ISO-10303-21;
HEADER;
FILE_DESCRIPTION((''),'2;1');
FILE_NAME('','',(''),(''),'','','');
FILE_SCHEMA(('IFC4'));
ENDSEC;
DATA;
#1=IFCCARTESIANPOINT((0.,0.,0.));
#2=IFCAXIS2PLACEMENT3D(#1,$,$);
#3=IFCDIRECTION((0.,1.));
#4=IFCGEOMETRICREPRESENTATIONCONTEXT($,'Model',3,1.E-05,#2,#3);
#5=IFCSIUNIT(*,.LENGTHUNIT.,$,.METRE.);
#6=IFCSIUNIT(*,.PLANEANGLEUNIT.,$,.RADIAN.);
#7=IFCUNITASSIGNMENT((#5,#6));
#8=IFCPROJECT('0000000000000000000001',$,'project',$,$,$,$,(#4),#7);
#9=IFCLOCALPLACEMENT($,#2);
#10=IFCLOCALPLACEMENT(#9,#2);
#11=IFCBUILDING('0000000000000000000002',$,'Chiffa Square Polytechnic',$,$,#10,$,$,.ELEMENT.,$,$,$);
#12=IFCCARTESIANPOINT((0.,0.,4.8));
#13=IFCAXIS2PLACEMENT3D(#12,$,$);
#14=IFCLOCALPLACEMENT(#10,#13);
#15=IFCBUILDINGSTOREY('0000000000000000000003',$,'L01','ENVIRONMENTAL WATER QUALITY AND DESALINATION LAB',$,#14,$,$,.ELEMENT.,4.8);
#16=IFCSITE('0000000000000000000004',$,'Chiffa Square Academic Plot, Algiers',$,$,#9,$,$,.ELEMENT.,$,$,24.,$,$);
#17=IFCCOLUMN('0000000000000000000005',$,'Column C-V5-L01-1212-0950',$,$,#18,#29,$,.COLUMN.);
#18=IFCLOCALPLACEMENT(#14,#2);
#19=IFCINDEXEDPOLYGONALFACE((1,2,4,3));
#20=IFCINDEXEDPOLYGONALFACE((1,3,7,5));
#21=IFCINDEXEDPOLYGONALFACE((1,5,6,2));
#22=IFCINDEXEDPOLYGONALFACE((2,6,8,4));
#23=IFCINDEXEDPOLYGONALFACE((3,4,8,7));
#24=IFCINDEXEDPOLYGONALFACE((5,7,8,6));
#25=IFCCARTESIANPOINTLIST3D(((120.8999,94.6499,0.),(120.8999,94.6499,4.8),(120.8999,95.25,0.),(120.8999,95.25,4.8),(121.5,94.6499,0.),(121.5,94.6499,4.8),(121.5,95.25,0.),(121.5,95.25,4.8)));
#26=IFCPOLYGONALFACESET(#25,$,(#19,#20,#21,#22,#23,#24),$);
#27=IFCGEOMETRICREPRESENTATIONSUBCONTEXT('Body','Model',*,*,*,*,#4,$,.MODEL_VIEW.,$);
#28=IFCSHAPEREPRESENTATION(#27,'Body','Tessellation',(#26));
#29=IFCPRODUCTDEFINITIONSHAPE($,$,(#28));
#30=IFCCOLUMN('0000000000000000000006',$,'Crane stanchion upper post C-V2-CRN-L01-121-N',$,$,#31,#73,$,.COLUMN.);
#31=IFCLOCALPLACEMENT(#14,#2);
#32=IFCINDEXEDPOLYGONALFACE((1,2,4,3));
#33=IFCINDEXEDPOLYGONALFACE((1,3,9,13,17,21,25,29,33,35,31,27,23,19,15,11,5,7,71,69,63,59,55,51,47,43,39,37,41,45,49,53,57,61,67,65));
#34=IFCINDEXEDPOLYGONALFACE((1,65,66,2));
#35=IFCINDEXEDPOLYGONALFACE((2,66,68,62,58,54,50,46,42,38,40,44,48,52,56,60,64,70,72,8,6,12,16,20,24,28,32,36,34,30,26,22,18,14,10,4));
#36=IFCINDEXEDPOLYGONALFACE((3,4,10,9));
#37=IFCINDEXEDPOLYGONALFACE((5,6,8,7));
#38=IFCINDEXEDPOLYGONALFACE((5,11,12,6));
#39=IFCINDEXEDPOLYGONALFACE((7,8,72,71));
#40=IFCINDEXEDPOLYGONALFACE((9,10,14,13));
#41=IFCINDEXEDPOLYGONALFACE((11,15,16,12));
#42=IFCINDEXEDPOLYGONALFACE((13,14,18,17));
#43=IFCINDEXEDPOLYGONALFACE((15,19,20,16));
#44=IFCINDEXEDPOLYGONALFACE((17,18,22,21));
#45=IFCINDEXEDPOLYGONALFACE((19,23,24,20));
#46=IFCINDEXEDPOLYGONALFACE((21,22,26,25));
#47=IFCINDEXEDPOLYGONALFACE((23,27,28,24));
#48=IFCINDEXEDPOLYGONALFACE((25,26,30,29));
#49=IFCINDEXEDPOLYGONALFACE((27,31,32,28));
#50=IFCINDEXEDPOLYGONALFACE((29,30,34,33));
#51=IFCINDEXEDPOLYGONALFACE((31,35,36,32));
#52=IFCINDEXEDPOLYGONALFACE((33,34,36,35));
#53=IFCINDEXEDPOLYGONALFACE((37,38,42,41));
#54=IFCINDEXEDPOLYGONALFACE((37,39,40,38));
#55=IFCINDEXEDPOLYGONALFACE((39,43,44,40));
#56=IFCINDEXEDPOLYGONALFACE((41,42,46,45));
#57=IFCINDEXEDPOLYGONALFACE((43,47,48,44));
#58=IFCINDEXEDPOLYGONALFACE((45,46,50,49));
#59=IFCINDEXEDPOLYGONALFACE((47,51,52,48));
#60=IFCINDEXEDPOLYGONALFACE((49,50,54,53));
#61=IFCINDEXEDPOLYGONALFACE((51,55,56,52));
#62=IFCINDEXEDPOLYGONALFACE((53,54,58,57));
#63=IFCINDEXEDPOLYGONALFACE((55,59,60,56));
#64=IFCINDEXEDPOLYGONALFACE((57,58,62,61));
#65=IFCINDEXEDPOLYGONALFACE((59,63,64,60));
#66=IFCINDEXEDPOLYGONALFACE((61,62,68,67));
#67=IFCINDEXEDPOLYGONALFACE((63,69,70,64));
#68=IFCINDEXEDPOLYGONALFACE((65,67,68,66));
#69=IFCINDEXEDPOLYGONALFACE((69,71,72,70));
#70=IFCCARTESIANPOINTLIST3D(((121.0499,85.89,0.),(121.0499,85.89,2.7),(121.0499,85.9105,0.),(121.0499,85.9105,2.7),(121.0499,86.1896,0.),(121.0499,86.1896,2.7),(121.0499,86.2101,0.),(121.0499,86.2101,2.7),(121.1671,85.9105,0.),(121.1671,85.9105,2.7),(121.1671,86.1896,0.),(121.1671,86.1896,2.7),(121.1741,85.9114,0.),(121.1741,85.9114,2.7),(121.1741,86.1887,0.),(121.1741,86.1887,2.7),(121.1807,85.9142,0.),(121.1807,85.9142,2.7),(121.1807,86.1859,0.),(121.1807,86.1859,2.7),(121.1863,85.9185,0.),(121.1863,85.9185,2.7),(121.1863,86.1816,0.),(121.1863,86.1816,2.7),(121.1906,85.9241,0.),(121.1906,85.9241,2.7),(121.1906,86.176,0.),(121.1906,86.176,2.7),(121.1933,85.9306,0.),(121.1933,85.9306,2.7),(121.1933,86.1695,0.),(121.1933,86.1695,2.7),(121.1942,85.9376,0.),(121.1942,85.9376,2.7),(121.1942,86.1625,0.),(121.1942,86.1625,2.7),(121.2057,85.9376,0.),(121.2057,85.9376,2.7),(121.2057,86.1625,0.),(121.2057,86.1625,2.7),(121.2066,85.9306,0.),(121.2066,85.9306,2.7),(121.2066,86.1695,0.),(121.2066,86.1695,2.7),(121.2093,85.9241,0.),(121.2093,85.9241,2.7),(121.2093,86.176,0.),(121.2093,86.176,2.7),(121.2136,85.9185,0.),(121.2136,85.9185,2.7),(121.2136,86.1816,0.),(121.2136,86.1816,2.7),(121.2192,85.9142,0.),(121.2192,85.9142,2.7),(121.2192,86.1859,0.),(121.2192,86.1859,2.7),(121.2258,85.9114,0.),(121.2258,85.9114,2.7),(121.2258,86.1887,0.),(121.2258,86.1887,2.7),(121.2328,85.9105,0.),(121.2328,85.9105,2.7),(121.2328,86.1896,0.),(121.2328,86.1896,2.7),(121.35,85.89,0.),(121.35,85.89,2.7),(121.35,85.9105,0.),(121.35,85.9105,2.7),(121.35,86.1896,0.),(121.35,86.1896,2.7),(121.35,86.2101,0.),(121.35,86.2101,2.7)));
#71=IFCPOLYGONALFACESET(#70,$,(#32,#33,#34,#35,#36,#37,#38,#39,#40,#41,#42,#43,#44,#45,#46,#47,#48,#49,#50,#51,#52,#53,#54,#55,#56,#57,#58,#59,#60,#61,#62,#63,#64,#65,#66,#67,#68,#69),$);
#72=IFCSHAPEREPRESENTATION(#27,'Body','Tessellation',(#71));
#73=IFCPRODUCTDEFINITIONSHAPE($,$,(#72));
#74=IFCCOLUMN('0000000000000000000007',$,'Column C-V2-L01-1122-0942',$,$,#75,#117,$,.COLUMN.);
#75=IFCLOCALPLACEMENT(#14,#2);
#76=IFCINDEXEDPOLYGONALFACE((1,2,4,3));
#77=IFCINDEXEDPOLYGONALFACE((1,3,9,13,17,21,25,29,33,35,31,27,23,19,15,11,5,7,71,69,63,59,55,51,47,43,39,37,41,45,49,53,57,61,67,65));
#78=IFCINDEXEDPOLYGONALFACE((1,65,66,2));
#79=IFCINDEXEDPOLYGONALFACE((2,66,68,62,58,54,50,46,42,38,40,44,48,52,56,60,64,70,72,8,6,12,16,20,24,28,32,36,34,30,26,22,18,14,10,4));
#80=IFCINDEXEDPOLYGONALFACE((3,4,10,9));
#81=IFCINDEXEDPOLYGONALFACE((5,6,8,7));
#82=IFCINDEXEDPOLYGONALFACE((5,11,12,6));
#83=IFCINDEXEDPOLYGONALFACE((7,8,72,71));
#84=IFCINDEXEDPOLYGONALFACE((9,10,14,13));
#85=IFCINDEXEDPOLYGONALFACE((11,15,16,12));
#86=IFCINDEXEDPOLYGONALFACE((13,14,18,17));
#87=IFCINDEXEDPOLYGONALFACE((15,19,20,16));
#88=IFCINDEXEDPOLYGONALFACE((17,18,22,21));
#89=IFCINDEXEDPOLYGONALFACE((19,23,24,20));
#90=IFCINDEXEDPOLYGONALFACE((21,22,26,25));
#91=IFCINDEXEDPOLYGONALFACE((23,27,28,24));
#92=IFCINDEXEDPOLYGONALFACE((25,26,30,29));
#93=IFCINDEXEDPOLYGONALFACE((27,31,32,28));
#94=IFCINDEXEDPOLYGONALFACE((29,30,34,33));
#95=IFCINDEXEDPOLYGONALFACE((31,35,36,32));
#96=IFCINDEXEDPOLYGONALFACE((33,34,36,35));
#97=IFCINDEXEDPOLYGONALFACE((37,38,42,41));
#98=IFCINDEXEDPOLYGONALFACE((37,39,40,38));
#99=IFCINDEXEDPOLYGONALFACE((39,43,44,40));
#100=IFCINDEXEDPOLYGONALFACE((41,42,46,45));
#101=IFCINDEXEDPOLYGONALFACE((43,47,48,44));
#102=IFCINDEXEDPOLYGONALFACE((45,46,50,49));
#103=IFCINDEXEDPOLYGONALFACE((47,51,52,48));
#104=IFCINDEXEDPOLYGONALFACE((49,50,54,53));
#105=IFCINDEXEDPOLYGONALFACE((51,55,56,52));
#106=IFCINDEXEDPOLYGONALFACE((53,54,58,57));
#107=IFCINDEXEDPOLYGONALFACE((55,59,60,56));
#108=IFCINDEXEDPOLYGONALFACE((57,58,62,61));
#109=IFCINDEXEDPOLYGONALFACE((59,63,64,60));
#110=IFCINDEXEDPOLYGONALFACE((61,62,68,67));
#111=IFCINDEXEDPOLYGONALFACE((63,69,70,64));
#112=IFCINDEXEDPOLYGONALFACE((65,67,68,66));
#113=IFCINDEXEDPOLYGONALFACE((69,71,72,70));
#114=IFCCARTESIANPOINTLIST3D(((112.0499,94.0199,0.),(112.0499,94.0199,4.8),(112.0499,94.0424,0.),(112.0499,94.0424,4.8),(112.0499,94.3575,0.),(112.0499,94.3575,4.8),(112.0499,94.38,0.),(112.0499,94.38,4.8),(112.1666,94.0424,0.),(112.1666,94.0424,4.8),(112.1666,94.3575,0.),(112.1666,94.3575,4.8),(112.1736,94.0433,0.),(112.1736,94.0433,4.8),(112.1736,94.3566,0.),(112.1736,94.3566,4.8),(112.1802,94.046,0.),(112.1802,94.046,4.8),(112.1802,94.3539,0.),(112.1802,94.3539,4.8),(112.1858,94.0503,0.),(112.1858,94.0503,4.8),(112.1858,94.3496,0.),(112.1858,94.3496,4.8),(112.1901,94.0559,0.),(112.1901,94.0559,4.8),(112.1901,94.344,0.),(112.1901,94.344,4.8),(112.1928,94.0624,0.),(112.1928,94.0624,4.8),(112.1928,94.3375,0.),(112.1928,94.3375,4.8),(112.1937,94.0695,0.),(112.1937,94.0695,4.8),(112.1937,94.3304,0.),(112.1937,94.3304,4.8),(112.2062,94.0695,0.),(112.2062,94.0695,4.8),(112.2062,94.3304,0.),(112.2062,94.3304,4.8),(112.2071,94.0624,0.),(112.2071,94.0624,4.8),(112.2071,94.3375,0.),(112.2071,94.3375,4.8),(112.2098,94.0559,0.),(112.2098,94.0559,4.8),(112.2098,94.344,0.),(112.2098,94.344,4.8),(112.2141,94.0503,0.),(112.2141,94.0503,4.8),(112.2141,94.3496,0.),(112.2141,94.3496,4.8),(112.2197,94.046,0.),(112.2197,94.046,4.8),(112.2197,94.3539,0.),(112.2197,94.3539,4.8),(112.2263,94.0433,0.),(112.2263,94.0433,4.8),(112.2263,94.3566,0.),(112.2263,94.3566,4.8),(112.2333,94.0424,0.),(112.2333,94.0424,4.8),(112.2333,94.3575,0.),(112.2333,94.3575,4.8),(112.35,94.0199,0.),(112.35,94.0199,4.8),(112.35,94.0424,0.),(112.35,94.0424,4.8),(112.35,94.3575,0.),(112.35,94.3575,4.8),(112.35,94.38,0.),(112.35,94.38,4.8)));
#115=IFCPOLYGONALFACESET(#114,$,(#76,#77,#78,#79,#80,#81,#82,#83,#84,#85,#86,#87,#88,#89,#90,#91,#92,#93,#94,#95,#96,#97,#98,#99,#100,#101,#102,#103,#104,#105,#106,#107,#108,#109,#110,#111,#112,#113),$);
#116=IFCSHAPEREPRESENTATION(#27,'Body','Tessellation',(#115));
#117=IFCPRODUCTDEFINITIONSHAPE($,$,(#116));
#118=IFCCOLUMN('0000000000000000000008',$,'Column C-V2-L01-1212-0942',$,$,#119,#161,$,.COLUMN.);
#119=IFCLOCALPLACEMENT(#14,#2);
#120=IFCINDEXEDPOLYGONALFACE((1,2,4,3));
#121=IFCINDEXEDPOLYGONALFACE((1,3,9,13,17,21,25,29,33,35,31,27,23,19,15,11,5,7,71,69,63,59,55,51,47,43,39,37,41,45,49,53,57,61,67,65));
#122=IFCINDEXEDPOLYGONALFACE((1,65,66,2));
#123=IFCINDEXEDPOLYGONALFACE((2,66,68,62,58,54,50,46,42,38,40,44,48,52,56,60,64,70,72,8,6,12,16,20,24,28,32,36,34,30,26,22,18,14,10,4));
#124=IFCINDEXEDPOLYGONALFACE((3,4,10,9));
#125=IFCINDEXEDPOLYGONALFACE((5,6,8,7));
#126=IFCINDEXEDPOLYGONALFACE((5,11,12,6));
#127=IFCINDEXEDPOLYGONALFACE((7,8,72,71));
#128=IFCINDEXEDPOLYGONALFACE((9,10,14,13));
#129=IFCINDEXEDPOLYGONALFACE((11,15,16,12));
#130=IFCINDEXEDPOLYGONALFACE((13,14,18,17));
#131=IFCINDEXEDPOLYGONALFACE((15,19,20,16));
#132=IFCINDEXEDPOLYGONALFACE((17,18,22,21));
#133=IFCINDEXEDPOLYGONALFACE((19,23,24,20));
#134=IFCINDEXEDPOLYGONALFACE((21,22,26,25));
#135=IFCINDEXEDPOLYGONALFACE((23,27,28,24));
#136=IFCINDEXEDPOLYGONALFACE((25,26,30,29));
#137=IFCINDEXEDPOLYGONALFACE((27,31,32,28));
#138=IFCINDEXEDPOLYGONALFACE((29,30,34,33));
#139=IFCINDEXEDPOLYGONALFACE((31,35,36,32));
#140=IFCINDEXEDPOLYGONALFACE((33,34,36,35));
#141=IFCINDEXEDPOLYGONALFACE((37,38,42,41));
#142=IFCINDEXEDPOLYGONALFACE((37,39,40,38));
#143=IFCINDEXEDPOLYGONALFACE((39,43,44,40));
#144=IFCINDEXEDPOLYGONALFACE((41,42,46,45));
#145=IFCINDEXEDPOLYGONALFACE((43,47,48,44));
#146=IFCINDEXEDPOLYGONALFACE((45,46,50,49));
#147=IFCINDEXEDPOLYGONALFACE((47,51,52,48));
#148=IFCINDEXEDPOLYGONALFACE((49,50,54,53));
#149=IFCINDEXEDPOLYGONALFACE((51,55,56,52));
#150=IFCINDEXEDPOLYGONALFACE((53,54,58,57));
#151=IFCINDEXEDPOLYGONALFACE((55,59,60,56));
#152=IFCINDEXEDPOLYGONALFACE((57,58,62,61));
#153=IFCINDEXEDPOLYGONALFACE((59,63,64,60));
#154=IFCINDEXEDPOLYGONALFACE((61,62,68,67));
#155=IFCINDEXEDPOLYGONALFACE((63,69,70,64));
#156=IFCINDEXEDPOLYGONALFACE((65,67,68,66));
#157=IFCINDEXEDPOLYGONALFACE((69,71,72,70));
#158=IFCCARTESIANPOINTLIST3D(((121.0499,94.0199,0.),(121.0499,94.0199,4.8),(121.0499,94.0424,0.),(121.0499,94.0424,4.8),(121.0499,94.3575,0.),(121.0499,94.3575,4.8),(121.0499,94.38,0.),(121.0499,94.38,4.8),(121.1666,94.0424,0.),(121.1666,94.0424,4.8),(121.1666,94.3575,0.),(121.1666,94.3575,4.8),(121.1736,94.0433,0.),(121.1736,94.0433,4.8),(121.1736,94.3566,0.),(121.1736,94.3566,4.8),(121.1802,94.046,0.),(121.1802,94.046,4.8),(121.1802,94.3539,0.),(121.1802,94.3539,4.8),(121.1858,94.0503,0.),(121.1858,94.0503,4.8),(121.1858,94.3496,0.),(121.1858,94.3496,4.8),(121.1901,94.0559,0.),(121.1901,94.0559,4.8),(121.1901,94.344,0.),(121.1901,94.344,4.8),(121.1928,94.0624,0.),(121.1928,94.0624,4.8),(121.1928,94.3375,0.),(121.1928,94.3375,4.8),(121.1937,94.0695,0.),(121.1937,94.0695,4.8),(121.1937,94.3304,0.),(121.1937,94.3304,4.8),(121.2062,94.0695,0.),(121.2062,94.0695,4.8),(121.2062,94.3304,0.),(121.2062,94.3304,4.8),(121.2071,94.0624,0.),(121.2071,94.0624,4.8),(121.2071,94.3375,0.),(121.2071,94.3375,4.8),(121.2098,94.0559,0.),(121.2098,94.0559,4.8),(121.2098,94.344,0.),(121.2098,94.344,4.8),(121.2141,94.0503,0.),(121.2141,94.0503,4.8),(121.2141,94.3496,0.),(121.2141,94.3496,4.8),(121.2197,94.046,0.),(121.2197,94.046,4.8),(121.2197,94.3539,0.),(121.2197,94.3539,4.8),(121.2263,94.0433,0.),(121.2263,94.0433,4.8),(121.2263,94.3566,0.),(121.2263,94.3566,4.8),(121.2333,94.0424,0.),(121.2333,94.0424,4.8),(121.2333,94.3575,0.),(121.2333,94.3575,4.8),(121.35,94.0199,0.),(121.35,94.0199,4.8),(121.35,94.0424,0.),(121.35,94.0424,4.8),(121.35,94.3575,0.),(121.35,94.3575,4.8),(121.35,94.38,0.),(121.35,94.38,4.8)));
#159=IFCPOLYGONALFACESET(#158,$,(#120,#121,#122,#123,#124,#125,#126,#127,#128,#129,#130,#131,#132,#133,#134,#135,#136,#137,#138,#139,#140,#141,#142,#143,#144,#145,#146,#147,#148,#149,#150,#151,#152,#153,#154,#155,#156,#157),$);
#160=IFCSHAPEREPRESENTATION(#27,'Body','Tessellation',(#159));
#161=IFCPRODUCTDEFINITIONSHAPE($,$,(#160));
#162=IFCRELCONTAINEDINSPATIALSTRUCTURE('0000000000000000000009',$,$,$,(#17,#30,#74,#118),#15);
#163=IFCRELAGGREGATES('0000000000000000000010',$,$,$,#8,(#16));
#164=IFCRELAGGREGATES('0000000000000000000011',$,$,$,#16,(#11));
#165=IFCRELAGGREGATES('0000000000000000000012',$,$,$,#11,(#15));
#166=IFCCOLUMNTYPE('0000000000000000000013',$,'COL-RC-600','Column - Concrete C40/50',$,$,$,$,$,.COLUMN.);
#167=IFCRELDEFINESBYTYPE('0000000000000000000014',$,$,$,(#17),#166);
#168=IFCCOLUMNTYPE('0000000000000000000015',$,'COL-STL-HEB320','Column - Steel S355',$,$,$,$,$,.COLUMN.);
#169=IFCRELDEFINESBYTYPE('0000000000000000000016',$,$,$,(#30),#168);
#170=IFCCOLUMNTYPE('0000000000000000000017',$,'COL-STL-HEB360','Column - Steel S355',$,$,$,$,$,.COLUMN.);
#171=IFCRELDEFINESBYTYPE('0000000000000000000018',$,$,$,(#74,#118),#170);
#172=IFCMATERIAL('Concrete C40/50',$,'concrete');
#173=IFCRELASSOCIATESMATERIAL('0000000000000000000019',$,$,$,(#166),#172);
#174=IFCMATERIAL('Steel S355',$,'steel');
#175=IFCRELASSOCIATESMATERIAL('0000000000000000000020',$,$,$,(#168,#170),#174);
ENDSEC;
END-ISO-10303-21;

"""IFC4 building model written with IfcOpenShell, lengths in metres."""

from ifc_helpers import new_model, si_unit, direction, frame, origin, origin_2d, place, context, subcontext, project, spatial, rectangle, i_section, extrude, material, material_profile, profile_set, type_object, element, save


model = new_model("IFC4")

# Units and contexts
model_context = context("Model", 3, precision=1e-05, world=origin(), true_north=direction((0.0, 1.0)))
body_context = subcontext(model_context, "Body", "Model", "MODEL_VIEW")
ifc_project = project(units=[si_unit("LENGTHUNIT", "METRE"), si_unit("PLANEANGLEUNIT", "RADIAN")], contexts=[model_context])

# Site, building, storey
site_placement = place(None, origin())
site = spatial("IfcSite", under=ifc_project, at=site_placement, Name="Chiffa Square Academic Plot, Algiers", CompositionType="ELEMENT", RefElevation=24.0)
building_placement = place(site_placement, origin())
building = spatial("IfcBuilding", under=site, at=building_placement, Name="Chiffa Square Polytechnic", CompositionType="ELEMENT")
storey_placement = place(building_placement, frame((0.0, 0.0, 4.8)))
storey = spatial("IfcBuildingStorey", under=building, at=storey_placement, Name="L01", Description="ENVIRONMENTAL WATER QUALITY AND DESALINATION LAB", CompositionType="ELEMENT", Elevation=4.8)

# Columns
ifc_material_1 = material(Name="Concrete C40/50", Category="concrete")
ifc_material_profile_1 = material_profile(ifc_material_1, rectangle(XDim=0.6001, YDim=0.6001, at=origin_2d()), Name="RC 600x600")
ifc_profile_set_1 = profile_set([ifc_material_profile_1], Name="Concrete C40/50")
column_type_1 = type_object("IfcColumnType", Name="COL-RC-600", Description="Column - Concrete C40/50", PredefinedType="COLUMN", material=ifc_profile_set_1)
column_1_placement = place(storey_placement, frame((121.2, 94.95, 0.0), z_axis=(0.0, 0.0, 1.0), x_axis=(1.0, 0.0, 0.0)))
element("IfcColumn", 1, at=column_1_placement, inside=storey, type_object=column_type_1, Name="Column C-V5-L01-1212-0950", PredefinedType="COLUMN", context=body_context, shape_type="SweptSolid", body=[
    extrude(rectangle(XDim=0.6001, YDim=0.6001, at=origin_2d()), origin(), (0.0, 0.0, 1.0), 4.8),
])
ifc_material_2 = material(Name="Steel S355", Category="steel")
ifc_material_profile_2 = material_profile(ifc_material_2, i_section(OverallWidth=0.3, OverallDepth=0.3201, WebThickness=0.0115, FlangeThickness=0.0205, FilletRadius=0.0271, at=origin_2d()), Name="HEB 320")
ifc_profile_set_2 = profile_set([ifc_material_profile_2], Name="Steel S355")
column_type_2 = type_object("IfcColumnType", Name="COL-STL-HEB320", Description="Column - Steel S355", PredefinedType="COLUMN", material=ifc_profile_set_2)
column_2_placement = place(storey_placement, frame((121.2, 86.05, 0.0), z_axis=(0.0, 0.0, 1.0), x_axis=(1.0, 0.0, 0.0)))
element("IfcColumn", 2, at=column_2_placement, inside=storey, type_object=column_type_2, Name="Crane stanchion upper post C-V2-CRN-L01-121-N", PredefinedType="COLUMN", context=body_context, shape_type="SweptSolid", body=[
    extrude(i_section(OverallWidth=0.3, OverallDepth=0.3201, WebThickness=0.0115, FlangeThickness=0.0205, FilletRadius=0.0271, at=origin_2d()), origin(), (0.0, 0.0, 1.0), 2.7),
])
ifc_material_profile_3 = material_profile(ifc_material_2, i_section(OverallWidth=0.3, OverallDepth=0.3601, WebThickness=0.0125, FlangeThickness=0.0225, FilletRadius=0.0271, at=origin_2d()), Name="HEB 360")
ifc_profile_set_3 = profile_set([ifc_material_profile_3], Name="Steel S355")
column_type_3 = type_object("IfcColumnType", Name="COL-STL-HEB360", Description="Column - Steel S355", PredefinedType="COLUMN", material=ifc_profile_set_3)
for number, where, z_axis, x_axis, name in (
    (3, (112.2, 94.2, 0.0), (0.0, 0.0, 1.0), (1.0, 0.0, 0.0), "Column C-V2-L01-1122-0942"),
    (4, (121.2, 94.2, 0.0), (0.0, 0.0, 1.0), (1.0, 0.0, 0.0), "Column C-V2-L01-1212-0942"),
):
    element("IfcColumn", number, at=place(storey_placement, frame(where, z_axis=z_axis, x_axis=x_axis)), inside=storey, type_object=column_type_3, Name=name, PredefinedType="COLUMN", context=body_context, shape_type="SweptSolid", body=[
        extrude(i_section(OverallWidth=0.3, OverallDepth=0.3601, WebThickness=0.0125, FlangeThickness=0.0225, FilletRadius=0.0271, at=origin_2d()), origin(), (0.0, 0.0, 1.0), 4.8),
    ])

save(model, "model.ifc")
